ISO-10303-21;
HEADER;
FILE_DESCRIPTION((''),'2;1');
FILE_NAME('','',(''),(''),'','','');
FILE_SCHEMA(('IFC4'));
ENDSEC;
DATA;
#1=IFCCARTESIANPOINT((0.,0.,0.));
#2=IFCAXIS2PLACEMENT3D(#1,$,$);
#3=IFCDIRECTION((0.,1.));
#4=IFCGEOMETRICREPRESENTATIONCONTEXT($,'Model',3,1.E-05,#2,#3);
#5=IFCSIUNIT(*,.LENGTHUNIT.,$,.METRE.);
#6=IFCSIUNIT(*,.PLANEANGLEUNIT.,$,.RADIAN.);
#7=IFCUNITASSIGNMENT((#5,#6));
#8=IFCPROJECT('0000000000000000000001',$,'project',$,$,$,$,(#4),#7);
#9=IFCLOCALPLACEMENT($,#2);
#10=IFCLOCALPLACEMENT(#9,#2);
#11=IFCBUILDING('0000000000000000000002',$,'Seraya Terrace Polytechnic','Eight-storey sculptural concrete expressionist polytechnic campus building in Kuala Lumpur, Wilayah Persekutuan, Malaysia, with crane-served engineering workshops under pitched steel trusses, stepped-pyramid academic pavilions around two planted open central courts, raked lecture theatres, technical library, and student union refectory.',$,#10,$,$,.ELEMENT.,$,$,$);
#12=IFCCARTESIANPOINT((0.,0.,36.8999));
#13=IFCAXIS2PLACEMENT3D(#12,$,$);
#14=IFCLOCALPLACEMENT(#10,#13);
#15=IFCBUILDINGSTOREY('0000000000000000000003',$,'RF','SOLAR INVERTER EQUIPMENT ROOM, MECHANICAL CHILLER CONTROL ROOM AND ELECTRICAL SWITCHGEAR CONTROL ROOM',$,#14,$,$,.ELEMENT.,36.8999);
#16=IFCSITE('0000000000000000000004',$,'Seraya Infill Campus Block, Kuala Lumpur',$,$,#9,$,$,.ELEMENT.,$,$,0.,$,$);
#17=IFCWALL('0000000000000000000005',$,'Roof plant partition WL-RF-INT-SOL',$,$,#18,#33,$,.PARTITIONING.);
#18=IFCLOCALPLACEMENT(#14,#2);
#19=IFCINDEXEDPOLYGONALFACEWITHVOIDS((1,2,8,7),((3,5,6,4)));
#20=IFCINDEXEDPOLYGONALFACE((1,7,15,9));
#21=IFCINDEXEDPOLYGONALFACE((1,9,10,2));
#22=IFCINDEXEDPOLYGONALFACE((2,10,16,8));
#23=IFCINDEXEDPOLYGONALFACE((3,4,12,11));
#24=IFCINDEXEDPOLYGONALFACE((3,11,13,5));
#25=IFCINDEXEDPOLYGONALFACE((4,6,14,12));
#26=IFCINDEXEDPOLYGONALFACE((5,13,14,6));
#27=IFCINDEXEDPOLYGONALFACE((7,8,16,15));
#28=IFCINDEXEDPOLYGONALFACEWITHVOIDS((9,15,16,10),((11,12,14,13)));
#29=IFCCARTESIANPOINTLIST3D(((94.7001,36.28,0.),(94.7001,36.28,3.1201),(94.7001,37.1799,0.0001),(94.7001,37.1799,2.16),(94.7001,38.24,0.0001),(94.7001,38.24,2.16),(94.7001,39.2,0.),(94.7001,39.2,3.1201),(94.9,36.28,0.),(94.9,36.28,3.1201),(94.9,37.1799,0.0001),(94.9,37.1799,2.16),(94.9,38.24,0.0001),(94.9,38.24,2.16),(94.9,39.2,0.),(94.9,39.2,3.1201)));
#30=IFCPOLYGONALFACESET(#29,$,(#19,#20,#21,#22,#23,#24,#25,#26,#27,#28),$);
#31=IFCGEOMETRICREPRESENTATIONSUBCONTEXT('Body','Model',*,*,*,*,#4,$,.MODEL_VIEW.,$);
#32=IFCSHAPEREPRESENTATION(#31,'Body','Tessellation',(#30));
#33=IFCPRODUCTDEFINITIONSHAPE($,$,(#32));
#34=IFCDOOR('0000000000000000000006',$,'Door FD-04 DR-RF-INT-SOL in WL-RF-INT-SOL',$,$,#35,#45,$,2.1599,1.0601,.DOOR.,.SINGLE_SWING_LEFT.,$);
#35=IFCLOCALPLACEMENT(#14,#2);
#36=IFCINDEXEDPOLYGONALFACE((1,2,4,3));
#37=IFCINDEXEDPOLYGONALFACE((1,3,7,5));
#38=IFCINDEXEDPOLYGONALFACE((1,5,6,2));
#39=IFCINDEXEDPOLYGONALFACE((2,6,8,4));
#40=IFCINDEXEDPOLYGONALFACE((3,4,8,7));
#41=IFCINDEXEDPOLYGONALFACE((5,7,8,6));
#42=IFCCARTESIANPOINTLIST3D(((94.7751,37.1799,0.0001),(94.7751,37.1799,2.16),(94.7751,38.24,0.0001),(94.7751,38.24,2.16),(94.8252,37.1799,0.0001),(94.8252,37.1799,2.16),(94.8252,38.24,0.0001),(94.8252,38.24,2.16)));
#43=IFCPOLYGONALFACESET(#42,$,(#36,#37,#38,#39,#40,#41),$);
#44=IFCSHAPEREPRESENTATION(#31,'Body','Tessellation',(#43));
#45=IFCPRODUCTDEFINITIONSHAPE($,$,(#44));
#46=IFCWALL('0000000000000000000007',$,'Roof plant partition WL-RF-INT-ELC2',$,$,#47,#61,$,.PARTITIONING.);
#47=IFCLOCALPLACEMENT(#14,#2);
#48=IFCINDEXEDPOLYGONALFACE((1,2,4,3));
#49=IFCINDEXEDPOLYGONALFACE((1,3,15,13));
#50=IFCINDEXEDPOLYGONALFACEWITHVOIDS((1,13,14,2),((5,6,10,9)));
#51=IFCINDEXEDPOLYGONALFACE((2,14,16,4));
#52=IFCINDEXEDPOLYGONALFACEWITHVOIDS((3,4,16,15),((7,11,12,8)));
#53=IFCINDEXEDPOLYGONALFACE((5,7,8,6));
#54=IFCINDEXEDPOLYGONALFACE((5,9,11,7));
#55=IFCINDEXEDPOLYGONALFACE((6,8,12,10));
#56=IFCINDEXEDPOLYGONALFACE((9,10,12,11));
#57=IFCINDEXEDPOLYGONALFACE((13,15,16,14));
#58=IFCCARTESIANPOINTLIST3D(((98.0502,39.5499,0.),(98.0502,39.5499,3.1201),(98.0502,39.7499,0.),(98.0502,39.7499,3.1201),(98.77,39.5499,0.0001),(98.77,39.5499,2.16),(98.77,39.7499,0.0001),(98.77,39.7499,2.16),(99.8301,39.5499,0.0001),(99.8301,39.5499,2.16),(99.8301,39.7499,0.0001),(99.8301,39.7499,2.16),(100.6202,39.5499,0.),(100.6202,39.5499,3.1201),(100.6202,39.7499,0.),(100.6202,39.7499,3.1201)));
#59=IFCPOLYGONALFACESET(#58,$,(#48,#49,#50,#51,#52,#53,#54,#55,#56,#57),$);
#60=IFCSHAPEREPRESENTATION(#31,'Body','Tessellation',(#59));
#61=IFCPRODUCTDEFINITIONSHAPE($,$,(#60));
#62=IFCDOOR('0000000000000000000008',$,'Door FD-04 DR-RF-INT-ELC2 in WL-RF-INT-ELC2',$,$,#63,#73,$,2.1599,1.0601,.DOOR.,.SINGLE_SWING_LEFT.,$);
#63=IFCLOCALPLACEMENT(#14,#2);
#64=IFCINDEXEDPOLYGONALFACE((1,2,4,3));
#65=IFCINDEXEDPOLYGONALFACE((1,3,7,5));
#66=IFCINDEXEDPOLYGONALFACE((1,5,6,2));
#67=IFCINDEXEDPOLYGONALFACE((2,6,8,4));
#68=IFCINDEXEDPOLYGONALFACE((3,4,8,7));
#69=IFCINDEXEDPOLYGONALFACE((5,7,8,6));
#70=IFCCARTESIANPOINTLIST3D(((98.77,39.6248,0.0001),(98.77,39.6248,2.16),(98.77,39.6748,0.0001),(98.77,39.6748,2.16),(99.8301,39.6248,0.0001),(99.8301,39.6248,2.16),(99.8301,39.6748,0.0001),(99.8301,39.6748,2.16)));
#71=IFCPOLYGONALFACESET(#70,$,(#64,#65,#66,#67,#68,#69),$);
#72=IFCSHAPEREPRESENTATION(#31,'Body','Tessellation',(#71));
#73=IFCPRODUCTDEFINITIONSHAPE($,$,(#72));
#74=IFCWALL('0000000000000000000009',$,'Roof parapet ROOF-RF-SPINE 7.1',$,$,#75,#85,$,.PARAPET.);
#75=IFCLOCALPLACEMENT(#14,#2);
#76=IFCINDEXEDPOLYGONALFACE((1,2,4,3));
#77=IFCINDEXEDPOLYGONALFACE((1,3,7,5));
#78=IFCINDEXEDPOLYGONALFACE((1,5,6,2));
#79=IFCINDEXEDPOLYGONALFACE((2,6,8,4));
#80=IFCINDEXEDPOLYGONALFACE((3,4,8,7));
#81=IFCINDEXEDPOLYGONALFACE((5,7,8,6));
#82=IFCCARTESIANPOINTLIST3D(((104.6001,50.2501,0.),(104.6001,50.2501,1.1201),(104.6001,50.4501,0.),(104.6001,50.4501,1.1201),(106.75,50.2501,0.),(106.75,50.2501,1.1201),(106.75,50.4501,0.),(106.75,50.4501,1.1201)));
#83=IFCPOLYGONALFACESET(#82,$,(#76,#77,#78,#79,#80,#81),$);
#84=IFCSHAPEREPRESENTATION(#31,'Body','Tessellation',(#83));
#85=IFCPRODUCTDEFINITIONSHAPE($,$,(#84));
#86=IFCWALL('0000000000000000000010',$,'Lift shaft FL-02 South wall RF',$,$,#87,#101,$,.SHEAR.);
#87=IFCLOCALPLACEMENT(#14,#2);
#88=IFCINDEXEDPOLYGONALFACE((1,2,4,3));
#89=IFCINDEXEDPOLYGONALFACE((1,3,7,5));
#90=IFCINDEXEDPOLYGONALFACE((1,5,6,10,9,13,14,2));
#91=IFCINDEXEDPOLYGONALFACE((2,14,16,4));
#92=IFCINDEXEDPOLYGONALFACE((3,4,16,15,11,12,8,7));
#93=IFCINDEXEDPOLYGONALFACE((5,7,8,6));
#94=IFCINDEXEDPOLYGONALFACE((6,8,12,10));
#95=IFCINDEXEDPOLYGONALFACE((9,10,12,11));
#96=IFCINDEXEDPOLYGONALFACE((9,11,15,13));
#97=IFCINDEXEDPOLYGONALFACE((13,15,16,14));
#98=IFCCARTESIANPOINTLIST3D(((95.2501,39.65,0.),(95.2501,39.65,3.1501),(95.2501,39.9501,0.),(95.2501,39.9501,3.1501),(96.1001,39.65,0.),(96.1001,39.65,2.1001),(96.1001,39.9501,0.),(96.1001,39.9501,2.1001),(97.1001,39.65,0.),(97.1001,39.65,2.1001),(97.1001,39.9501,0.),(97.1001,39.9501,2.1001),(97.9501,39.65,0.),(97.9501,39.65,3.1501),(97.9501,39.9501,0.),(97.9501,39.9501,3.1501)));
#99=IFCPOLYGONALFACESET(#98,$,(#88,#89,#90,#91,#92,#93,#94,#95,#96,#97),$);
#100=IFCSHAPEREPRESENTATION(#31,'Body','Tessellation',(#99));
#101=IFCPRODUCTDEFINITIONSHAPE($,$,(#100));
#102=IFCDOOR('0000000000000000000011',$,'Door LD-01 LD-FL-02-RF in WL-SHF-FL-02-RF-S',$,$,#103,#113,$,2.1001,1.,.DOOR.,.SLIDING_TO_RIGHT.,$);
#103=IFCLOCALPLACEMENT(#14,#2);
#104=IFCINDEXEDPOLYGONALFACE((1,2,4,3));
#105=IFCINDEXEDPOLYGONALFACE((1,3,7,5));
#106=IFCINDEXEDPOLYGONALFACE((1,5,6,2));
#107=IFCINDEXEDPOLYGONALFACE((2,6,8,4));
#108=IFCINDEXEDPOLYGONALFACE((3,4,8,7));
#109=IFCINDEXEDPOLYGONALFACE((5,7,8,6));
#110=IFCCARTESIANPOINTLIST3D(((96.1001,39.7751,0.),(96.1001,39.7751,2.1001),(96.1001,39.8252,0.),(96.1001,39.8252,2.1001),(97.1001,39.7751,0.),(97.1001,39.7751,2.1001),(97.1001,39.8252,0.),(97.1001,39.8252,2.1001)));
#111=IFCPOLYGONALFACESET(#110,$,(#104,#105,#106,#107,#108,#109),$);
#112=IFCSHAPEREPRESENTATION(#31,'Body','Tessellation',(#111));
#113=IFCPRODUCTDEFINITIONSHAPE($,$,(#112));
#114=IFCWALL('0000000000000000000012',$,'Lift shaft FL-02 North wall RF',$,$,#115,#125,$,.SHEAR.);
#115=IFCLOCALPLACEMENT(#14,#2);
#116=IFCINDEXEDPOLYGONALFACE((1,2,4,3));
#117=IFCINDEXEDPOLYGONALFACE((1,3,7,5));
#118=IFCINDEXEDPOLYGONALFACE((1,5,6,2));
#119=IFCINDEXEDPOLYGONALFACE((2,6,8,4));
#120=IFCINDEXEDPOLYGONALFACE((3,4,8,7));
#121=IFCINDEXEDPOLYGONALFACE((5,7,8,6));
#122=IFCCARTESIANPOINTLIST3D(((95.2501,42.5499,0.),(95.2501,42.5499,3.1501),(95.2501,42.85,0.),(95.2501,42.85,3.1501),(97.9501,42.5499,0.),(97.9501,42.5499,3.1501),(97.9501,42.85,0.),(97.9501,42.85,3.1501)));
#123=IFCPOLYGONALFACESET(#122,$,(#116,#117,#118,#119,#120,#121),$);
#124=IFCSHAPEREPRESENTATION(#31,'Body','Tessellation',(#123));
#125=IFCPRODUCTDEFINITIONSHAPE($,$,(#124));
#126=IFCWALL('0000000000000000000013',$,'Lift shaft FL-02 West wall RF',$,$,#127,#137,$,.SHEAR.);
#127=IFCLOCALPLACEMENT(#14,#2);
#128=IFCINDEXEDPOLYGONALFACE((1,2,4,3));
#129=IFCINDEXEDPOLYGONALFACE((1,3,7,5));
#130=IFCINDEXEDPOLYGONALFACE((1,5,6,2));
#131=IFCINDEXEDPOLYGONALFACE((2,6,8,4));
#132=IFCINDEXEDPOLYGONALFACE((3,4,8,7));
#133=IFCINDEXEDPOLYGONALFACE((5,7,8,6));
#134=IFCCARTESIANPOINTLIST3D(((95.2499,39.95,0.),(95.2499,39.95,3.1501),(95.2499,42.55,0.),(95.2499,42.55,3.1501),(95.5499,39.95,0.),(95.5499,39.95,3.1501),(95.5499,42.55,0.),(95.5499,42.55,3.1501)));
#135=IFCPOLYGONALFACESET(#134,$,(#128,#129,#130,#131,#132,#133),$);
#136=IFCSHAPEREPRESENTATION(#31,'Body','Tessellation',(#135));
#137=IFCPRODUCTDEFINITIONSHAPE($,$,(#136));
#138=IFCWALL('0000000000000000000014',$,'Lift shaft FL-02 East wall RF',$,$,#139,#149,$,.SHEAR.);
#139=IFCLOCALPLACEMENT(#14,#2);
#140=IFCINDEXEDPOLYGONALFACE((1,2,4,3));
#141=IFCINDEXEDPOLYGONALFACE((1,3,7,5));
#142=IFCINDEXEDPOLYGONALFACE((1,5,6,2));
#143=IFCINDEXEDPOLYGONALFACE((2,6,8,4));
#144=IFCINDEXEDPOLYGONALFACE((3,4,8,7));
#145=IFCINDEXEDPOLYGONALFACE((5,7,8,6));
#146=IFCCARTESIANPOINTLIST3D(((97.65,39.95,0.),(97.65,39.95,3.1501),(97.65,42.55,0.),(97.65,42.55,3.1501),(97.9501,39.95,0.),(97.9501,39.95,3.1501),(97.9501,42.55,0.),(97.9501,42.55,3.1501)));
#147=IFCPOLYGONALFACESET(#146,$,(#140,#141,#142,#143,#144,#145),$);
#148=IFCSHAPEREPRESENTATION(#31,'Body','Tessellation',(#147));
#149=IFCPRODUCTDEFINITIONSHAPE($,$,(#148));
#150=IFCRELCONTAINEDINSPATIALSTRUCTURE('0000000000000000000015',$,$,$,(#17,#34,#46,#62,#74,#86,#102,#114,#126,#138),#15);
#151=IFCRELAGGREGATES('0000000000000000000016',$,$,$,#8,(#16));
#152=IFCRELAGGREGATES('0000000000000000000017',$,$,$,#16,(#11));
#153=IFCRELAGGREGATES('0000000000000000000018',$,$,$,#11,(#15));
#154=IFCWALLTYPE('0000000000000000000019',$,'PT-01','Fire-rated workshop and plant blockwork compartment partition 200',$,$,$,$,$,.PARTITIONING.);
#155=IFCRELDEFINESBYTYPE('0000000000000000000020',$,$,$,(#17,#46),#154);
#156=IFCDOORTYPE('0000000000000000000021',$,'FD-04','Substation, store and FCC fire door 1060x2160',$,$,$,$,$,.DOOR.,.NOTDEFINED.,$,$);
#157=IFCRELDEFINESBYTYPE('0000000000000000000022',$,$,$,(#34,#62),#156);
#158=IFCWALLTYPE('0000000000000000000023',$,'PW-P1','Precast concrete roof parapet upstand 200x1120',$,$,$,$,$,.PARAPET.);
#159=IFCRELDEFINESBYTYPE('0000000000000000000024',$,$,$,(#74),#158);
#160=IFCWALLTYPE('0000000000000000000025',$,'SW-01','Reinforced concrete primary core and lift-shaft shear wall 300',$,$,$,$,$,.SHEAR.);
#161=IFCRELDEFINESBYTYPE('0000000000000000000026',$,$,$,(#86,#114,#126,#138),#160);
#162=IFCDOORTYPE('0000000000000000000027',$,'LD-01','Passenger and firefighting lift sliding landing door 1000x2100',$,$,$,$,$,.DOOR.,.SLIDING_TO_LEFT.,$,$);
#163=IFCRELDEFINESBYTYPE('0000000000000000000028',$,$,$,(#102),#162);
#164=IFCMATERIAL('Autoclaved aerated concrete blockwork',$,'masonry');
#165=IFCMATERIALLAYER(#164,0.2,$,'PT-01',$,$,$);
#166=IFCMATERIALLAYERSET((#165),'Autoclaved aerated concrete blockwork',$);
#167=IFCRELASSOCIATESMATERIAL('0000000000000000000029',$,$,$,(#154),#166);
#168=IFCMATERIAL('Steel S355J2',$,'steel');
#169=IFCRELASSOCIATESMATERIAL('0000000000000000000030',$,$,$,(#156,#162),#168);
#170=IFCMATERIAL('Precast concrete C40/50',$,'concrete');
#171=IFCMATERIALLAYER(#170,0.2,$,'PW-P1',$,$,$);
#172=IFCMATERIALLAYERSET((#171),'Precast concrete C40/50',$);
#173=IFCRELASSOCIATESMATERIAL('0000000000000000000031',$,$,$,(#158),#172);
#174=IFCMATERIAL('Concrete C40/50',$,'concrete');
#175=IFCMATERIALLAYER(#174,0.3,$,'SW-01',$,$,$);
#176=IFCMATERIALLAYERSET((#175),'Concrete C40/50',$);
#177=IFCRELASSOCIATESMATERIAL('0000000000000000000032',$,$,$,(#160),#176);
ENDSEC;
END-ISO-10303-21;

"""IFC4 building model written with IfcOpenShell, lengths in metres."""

from ifc_helpers import new_model, si_unit, direction, frame, frame_2d, origin, place, context, subcontext, project, spatial, rectangle, extrude, material, layer, layer_set, type_object, element, fill, save


model = new_model("IFC4")

# Units and contexts
model_context = context("Model", 3, precision=1e-05, world=origin(), true_north=direction((0.0, 1.0)))
body_context = subcontext(model_context, "Body", "Model", "MODEL_VIEW")
ifc_project = project(units=[si_unit("LENGTHUNIT", "METRE"), si_unit("PLANEANGLEUNIT", "RADIAN")], contexts=[model_context])

# Site, building, storey
site_placement = place(None, origin())
site = spatial("IfcSite", under=ifc_project, at=site_placement, Name="Seraya Infill Campus Block, Kuala Lumpur", CompositionType="ELEMENT", RefElevation=0.0)
building_placement = place(site_placement, origin())
building = spatial("IfcBuilding", under=site, at=building_placement, Name="Seraya Terrace Polytechnic", Description="Eight-storey sculptural concrete expressionist polytechnic campus building in Kuala Lumpur, Wilayah Persekutuan, Malaysia, with crane-served engineering workshops under pitched steel trusses, stepped-pyramid academic pavilions around two planted open central courts, raked lecture theatres, technical library, and student union refectory.", CompositionType="ELEMENT")
storey_placement = place(building_placement, frame((0.0, 0.0, 36.8999)))
storey = spatial("IfcBuildingStorey", under=building, at=storey_placement, Name="RF", Description="SOLAR INVERTER EQUIPMENT ROOM, MECHANICAL CHILLER CONTROL ROOM AND ELECTRICAL SWITCHGEAR CONTROL ROOM", CompositionType="ELEMENT", Elevation=36.8999)

# Shared definitions
ifc_material_1 = material(Name="Concrete C40/50", Category="concrete")

# Shared definitions
ifc_material_2 = material(Name="Precast concrete C40/50", Category="concrete")

# Walls, openings, doors
ifc_material_3 = material(Name="Autoclaved aerated concrete blockwork", Category="masonry")
ifc_layer_1 = layer(ifc_material_3, 0.2, Name="PT-01")
ifc_layer_set_1 = layer_set([ifc_layer_1], Name="Autoclaved aerated concrete blockwork")
wall_type_1 = type_object("IfcWallType", Name="PT-01", Description="Fire-rated workshop and plant blockwork compartment partition 200", PredefinedType="PARTITIONING", material=ifc_layer_set_1)
wall_1_placement = place(storey_placement, frame((94.8, 36.28, 0.0), z_axis=(0.0, 0.0, 1.0), x_axis=(0.0, 1.0, 0.0)))
wall_1 = element("IfcWall", 1, at=wall_1_placement, inside=storey, type_object=wall_type_1, Name="Roof plant partition WL-RF-INT-SOL", PredefinedType="PARTITIONING", context=body_context, shape_type="SweptSolid", body=[
    extrude(rectangle(XDim=2.9199, YDim=0.2, at=frame_2d((1.46, 0.0))), origin(), (0.0, 0.0, 1.0), 3.1201),
])
opening_1_placement = place(wall_1_placement, frame((0.8999, 0.0, 0.0)))
opening_1 = element("IfcOpeningElement", 2, at=opening_1_placement, cuts=wall_1, PredefinedType="OPENING", context=body_context, shape_type="SweptSolid", body=[
    extrude(rectangle(XDim=1.0601, YDim=2.1599, at=frame_2d((0.53, 1.0801))), frame((0.0, 0.1118, 0.0), z_axis=(0.0, -1.0, 0.0), x_axis=(1.0, 0.0, 0.0)), (0.0, 0.0, 1.0), 0.2239),
])
ifc_material_4 = material(Name="Steel S355J2", Category="steel")
door_type_1 = type_object("IfcDoorType", Name="FD-04", Description="Substation, store and FCC fire door 1060x2160", OperationType="NOTDEFINED", PredefinedType="DOOR", material=ifc_material_4)
door_1_placement = place(opening_1_placement, origin())
door_1 = element("IfcDoor", 3, at=door_1_placement, inside=storey, type_object=door_type_1, Name="Door FD-04 DR-RF-INT-SOL in WL-RF-INT-SOL", OperationType="SINGLE_SWING_LEFT", OverallHeight=2.1599, OverallWidth=1.0601, PredefinedType="DOOR", context=body_context, shape_type="SweptSolid", body=[
    extrude(rectangle(XDim=1.0601, YDim=2.1599, at=frame_2d((0.53, 1.0801))), frame((0.0, 0.0249, 0.0), z_axis=(0.0, -1.0, 0.0), x_axis=(1.0, 0.0, 0.0)), (0.0, 0.0, 1.0), 0.05),
])
fill(opening_1, door_1)
wall_2_placement = place(storey_placement, frame((98.05, 39.6499, 0.0), z_axis=(0.0, 0.0, 1.0), x_axis=(1.0, 0.0, 0.0)))
wall_2 = element("IfcWall", 4, at=wall_2_placement, inside=storey, type_object=wall_type_1, Name="Roof plant partition WL-RF-INT-ELC2", PredefinedType="PARTITIONING", context=body_context, shape_type="SweptSolid", body=[
    extrude(rectangle(XDim=2.5701, YDim=0.2, at=frame_2d((1.2852, 0.0))), origin(), (0.0, 0.0, 1.0), 3.1201),
])
opening_2_placement = place(wall_2_placement, frame((0.72, 0.0, 0.0)))
opening_2 = element("IfcOpeningElement", 5, at=opening_2_placement, cuts=wall_2, PredefinedType="OPENING", context=body_context, shape_type="SweptSolid", body=[
    extrude(rectangle(XDim=1.0601, YDim=2.1599, at=frame_2d((0.53, 1.0801))), frame((0.0, 0.1118, 0.0), z_axis=(0.0, -1.0, 0.0), x_axis=(1.0, 0.0, 0.0)), (0.0, 0.0, 1.0), 0.2239),
])
door_2_placement = place(opening_2_placement, origin())
door_2 = element("IfcDoor", 6, at=door_2_placement, inside=storey, type_object=door_type_1, Name="Door FD-04 DR-RF-INT-ELC2 in WL-RF-INT-ELC2", OperationType="SINGLE_SWING_LEFT", OverallHeight=2.1599, OverallWidth=1.0601, PredefinedType="DOOR", context=body_context, shape_type="SweptSolid", body=[
    extrude(rectangle(XDim=1.0601, YDim=2.1599, at=frame_2d((0.53, 1.0801))), frame((0.0, 0.0249, 0.0), z_axis=(0.0, -1.0, 0.0), x_axis=(1.0, 0.0, 0.0)), (0.0, 0.0, 1.0), 0.05),
])
fill(opening_2, door_2)

# Wall
ifc_layer_2 = layer(ifc_material_2, 0.2, Name="PW-P1")
ifc_layer_set_2 = layer_set([ifc_layer_2], Name="Precast concrete C40/50")
wall_type_2 = type_object("IfcWallType", Name="PW-P1", Description="Precast concrete roof parapet upstand 200x1120", PredefinedType="PARAPET", material=ifc_layer_set_2)
wall_3_placement = place(storey_placement, frame((104.6001, 50.3501, 0.0), z_axis=(0.0, 0.0, 1.0), x_axis=(1.0, 0.0, 0.0)))
element("IfcWall", 7, at=wall_3_placement, inside=storey, type_object=wall_type_2, Name="Roof parapet ROOF-RF-SPINE 7.1", PredefinedType="PARAPET", context=body_context, shape_type="SweptSolid", body=[
    extrude(rectangle(XDim=2.1499, YDim=0.2, at=frame_2d((1.075, 0.0))), origin(), (0.0, 0.0, 1.0), 1.1201),
])

# Wall, opening, door
ifc_layer_3 = layer(ifc_material_1, 0.3, Name="SW-01")
ifc_layer_set_3 = layer_set([ifc_layer_3], Name="Concrete C40/50")
wall_type_3 = type_object("IfcWallType", Name="SW-01", Description="Reinforced concrete primary core and lift-shaft shear wall 300", PredefinedType="SHEAR", material=ifc_layer_set_3)
wall_4_placement = place(storey_placement, frame((95.25, 39.8, 0.0), z_axis=(0.0, 0.0, 1.0), x_axis=(1.0, 0.0, 0.0)))
wall_4 = element("IfcWall", 8, at=wall_4_placement, inside=storey, type_object=wall_type_3, Name="Lift shaft FL-02 South wall RF", PredefinedType="SHEAR", context=body_context, shape_type="SweptSolid", body=[
    extrude(rectangle(XDim=2.7, YDim=0.3, at=frame_2d((1.3501, 0.0))), origin(), (0.0, 0.0, 1.0), 3.1501),
])
opening_3_placement = place(wall_4_placement, frame((0.8501, 0.0, 0.0)))
opening_3 = element("IfcOpeningElement", 9, at=opening_3_placement, cuts=wall_4, PredefinedType="OPENING", context=body_context, shape_type="SweptSolid", body=[
    extrude(rectangle(XDim=1.0, YDim=2.1001, at=frame_2d((0.5, 1.05))), frame((0.0, 0.1621, 0.0), z_axis=(0.0, -1.0, 0.0), x_axis=(1.0, 0.0, 0.0)), (0.0, 0.0, 1.0), 0.324),
])
door_type_2 = type_object("IfcDoorType", Name="LD-01", Description="Passenger and firefighting lift sliding landing door 1000x2100", OperationType="SLIDING_TO_LEFT", PredefinedType="DOOR", material=ifc_material_4)
door_3_placement = place(opening_3_placement, frame((1.0, 0.0, 0.0), z_axis=(0.0, 0.0, 1.0), x_axis=(-1.0, 0.0, 0.0)))
door_3 = element("IfcDoor", 10, at=door_3_placement, inside=storey, type_object=door_type_2, Name="Door LD-01 LD-FL-02-RF in WL-SHF-FL-02-RF-S", OperationType="SLIDING_TO_RIGHT", OverallHeight=2.1001, OverallWidth=1.0, PredefinedType="DOOR", context=body_context, shape_type="SweptSolid", body=[
    extrude(rectangle(XDim=1.0, YDim=2.1001, at=frame_2d((0.5, 1.05))), frame((0.0, 0.0249, 0.0), z_axis=(0.0, -1.0, 0.0), x_axis=(1.0, 0.0, 0.0)), (0.0, 0.0, 1.0), 0.05),
])
fill(opening_3, door_3)

# Walls
wall_5_placement = place(storey_placement, frame((95.25, 42.7, 0.0), z_axis=(0.0, 0.0, 1.0), x_axis=(1.0, 0.0, 0.0)))
element("IfcWall", 11, at=wall_5_placement, inside=storey, type_object=wall_type_3, Name="Lift shaft FL-02 North wall RF", PredefinedType="SHEAR", context=body_context, shape_type="SweptSolid", body=[
    extrude(rectangle(XDim=2.7, YDim=0.3, at=frame_2d((1.3501, 0.0))), origin(), (0.0, 0.0, 1.0), 3.1501),
])
for number, where, z_axis, x_axis, name in (
    (12, (95.3999, 39.95, 0.0), (0.0, 0.0, 1.0), (0.0, 1.0, 0.0), "Lift shaft FL-02 West wall RF"),
    (13, (97.8, 39.95, 0.0), (0.0, 0.0, 1.0), (0.0, 1.0, 0.0), "Lift shaft FL-02 East wall RF"),
):
    element("IfcWall", number, at=place(storey_placement, frame(where, z_axis=z_axis, x_axis=x_axis)), inside=storey, type_object=wall_type_3, Name=name, PredefinedType="SHEAR", context=body_context, shape_type="SweptSolid", body=[
        extrude(rectangle(XDim=2.6001, YDim=0.3, at=frame_2d((1.3, 0.0))), origin(), (0.0, 0.0, 1.0), 3.1501),
    ])

save(model, "model.ifc")
